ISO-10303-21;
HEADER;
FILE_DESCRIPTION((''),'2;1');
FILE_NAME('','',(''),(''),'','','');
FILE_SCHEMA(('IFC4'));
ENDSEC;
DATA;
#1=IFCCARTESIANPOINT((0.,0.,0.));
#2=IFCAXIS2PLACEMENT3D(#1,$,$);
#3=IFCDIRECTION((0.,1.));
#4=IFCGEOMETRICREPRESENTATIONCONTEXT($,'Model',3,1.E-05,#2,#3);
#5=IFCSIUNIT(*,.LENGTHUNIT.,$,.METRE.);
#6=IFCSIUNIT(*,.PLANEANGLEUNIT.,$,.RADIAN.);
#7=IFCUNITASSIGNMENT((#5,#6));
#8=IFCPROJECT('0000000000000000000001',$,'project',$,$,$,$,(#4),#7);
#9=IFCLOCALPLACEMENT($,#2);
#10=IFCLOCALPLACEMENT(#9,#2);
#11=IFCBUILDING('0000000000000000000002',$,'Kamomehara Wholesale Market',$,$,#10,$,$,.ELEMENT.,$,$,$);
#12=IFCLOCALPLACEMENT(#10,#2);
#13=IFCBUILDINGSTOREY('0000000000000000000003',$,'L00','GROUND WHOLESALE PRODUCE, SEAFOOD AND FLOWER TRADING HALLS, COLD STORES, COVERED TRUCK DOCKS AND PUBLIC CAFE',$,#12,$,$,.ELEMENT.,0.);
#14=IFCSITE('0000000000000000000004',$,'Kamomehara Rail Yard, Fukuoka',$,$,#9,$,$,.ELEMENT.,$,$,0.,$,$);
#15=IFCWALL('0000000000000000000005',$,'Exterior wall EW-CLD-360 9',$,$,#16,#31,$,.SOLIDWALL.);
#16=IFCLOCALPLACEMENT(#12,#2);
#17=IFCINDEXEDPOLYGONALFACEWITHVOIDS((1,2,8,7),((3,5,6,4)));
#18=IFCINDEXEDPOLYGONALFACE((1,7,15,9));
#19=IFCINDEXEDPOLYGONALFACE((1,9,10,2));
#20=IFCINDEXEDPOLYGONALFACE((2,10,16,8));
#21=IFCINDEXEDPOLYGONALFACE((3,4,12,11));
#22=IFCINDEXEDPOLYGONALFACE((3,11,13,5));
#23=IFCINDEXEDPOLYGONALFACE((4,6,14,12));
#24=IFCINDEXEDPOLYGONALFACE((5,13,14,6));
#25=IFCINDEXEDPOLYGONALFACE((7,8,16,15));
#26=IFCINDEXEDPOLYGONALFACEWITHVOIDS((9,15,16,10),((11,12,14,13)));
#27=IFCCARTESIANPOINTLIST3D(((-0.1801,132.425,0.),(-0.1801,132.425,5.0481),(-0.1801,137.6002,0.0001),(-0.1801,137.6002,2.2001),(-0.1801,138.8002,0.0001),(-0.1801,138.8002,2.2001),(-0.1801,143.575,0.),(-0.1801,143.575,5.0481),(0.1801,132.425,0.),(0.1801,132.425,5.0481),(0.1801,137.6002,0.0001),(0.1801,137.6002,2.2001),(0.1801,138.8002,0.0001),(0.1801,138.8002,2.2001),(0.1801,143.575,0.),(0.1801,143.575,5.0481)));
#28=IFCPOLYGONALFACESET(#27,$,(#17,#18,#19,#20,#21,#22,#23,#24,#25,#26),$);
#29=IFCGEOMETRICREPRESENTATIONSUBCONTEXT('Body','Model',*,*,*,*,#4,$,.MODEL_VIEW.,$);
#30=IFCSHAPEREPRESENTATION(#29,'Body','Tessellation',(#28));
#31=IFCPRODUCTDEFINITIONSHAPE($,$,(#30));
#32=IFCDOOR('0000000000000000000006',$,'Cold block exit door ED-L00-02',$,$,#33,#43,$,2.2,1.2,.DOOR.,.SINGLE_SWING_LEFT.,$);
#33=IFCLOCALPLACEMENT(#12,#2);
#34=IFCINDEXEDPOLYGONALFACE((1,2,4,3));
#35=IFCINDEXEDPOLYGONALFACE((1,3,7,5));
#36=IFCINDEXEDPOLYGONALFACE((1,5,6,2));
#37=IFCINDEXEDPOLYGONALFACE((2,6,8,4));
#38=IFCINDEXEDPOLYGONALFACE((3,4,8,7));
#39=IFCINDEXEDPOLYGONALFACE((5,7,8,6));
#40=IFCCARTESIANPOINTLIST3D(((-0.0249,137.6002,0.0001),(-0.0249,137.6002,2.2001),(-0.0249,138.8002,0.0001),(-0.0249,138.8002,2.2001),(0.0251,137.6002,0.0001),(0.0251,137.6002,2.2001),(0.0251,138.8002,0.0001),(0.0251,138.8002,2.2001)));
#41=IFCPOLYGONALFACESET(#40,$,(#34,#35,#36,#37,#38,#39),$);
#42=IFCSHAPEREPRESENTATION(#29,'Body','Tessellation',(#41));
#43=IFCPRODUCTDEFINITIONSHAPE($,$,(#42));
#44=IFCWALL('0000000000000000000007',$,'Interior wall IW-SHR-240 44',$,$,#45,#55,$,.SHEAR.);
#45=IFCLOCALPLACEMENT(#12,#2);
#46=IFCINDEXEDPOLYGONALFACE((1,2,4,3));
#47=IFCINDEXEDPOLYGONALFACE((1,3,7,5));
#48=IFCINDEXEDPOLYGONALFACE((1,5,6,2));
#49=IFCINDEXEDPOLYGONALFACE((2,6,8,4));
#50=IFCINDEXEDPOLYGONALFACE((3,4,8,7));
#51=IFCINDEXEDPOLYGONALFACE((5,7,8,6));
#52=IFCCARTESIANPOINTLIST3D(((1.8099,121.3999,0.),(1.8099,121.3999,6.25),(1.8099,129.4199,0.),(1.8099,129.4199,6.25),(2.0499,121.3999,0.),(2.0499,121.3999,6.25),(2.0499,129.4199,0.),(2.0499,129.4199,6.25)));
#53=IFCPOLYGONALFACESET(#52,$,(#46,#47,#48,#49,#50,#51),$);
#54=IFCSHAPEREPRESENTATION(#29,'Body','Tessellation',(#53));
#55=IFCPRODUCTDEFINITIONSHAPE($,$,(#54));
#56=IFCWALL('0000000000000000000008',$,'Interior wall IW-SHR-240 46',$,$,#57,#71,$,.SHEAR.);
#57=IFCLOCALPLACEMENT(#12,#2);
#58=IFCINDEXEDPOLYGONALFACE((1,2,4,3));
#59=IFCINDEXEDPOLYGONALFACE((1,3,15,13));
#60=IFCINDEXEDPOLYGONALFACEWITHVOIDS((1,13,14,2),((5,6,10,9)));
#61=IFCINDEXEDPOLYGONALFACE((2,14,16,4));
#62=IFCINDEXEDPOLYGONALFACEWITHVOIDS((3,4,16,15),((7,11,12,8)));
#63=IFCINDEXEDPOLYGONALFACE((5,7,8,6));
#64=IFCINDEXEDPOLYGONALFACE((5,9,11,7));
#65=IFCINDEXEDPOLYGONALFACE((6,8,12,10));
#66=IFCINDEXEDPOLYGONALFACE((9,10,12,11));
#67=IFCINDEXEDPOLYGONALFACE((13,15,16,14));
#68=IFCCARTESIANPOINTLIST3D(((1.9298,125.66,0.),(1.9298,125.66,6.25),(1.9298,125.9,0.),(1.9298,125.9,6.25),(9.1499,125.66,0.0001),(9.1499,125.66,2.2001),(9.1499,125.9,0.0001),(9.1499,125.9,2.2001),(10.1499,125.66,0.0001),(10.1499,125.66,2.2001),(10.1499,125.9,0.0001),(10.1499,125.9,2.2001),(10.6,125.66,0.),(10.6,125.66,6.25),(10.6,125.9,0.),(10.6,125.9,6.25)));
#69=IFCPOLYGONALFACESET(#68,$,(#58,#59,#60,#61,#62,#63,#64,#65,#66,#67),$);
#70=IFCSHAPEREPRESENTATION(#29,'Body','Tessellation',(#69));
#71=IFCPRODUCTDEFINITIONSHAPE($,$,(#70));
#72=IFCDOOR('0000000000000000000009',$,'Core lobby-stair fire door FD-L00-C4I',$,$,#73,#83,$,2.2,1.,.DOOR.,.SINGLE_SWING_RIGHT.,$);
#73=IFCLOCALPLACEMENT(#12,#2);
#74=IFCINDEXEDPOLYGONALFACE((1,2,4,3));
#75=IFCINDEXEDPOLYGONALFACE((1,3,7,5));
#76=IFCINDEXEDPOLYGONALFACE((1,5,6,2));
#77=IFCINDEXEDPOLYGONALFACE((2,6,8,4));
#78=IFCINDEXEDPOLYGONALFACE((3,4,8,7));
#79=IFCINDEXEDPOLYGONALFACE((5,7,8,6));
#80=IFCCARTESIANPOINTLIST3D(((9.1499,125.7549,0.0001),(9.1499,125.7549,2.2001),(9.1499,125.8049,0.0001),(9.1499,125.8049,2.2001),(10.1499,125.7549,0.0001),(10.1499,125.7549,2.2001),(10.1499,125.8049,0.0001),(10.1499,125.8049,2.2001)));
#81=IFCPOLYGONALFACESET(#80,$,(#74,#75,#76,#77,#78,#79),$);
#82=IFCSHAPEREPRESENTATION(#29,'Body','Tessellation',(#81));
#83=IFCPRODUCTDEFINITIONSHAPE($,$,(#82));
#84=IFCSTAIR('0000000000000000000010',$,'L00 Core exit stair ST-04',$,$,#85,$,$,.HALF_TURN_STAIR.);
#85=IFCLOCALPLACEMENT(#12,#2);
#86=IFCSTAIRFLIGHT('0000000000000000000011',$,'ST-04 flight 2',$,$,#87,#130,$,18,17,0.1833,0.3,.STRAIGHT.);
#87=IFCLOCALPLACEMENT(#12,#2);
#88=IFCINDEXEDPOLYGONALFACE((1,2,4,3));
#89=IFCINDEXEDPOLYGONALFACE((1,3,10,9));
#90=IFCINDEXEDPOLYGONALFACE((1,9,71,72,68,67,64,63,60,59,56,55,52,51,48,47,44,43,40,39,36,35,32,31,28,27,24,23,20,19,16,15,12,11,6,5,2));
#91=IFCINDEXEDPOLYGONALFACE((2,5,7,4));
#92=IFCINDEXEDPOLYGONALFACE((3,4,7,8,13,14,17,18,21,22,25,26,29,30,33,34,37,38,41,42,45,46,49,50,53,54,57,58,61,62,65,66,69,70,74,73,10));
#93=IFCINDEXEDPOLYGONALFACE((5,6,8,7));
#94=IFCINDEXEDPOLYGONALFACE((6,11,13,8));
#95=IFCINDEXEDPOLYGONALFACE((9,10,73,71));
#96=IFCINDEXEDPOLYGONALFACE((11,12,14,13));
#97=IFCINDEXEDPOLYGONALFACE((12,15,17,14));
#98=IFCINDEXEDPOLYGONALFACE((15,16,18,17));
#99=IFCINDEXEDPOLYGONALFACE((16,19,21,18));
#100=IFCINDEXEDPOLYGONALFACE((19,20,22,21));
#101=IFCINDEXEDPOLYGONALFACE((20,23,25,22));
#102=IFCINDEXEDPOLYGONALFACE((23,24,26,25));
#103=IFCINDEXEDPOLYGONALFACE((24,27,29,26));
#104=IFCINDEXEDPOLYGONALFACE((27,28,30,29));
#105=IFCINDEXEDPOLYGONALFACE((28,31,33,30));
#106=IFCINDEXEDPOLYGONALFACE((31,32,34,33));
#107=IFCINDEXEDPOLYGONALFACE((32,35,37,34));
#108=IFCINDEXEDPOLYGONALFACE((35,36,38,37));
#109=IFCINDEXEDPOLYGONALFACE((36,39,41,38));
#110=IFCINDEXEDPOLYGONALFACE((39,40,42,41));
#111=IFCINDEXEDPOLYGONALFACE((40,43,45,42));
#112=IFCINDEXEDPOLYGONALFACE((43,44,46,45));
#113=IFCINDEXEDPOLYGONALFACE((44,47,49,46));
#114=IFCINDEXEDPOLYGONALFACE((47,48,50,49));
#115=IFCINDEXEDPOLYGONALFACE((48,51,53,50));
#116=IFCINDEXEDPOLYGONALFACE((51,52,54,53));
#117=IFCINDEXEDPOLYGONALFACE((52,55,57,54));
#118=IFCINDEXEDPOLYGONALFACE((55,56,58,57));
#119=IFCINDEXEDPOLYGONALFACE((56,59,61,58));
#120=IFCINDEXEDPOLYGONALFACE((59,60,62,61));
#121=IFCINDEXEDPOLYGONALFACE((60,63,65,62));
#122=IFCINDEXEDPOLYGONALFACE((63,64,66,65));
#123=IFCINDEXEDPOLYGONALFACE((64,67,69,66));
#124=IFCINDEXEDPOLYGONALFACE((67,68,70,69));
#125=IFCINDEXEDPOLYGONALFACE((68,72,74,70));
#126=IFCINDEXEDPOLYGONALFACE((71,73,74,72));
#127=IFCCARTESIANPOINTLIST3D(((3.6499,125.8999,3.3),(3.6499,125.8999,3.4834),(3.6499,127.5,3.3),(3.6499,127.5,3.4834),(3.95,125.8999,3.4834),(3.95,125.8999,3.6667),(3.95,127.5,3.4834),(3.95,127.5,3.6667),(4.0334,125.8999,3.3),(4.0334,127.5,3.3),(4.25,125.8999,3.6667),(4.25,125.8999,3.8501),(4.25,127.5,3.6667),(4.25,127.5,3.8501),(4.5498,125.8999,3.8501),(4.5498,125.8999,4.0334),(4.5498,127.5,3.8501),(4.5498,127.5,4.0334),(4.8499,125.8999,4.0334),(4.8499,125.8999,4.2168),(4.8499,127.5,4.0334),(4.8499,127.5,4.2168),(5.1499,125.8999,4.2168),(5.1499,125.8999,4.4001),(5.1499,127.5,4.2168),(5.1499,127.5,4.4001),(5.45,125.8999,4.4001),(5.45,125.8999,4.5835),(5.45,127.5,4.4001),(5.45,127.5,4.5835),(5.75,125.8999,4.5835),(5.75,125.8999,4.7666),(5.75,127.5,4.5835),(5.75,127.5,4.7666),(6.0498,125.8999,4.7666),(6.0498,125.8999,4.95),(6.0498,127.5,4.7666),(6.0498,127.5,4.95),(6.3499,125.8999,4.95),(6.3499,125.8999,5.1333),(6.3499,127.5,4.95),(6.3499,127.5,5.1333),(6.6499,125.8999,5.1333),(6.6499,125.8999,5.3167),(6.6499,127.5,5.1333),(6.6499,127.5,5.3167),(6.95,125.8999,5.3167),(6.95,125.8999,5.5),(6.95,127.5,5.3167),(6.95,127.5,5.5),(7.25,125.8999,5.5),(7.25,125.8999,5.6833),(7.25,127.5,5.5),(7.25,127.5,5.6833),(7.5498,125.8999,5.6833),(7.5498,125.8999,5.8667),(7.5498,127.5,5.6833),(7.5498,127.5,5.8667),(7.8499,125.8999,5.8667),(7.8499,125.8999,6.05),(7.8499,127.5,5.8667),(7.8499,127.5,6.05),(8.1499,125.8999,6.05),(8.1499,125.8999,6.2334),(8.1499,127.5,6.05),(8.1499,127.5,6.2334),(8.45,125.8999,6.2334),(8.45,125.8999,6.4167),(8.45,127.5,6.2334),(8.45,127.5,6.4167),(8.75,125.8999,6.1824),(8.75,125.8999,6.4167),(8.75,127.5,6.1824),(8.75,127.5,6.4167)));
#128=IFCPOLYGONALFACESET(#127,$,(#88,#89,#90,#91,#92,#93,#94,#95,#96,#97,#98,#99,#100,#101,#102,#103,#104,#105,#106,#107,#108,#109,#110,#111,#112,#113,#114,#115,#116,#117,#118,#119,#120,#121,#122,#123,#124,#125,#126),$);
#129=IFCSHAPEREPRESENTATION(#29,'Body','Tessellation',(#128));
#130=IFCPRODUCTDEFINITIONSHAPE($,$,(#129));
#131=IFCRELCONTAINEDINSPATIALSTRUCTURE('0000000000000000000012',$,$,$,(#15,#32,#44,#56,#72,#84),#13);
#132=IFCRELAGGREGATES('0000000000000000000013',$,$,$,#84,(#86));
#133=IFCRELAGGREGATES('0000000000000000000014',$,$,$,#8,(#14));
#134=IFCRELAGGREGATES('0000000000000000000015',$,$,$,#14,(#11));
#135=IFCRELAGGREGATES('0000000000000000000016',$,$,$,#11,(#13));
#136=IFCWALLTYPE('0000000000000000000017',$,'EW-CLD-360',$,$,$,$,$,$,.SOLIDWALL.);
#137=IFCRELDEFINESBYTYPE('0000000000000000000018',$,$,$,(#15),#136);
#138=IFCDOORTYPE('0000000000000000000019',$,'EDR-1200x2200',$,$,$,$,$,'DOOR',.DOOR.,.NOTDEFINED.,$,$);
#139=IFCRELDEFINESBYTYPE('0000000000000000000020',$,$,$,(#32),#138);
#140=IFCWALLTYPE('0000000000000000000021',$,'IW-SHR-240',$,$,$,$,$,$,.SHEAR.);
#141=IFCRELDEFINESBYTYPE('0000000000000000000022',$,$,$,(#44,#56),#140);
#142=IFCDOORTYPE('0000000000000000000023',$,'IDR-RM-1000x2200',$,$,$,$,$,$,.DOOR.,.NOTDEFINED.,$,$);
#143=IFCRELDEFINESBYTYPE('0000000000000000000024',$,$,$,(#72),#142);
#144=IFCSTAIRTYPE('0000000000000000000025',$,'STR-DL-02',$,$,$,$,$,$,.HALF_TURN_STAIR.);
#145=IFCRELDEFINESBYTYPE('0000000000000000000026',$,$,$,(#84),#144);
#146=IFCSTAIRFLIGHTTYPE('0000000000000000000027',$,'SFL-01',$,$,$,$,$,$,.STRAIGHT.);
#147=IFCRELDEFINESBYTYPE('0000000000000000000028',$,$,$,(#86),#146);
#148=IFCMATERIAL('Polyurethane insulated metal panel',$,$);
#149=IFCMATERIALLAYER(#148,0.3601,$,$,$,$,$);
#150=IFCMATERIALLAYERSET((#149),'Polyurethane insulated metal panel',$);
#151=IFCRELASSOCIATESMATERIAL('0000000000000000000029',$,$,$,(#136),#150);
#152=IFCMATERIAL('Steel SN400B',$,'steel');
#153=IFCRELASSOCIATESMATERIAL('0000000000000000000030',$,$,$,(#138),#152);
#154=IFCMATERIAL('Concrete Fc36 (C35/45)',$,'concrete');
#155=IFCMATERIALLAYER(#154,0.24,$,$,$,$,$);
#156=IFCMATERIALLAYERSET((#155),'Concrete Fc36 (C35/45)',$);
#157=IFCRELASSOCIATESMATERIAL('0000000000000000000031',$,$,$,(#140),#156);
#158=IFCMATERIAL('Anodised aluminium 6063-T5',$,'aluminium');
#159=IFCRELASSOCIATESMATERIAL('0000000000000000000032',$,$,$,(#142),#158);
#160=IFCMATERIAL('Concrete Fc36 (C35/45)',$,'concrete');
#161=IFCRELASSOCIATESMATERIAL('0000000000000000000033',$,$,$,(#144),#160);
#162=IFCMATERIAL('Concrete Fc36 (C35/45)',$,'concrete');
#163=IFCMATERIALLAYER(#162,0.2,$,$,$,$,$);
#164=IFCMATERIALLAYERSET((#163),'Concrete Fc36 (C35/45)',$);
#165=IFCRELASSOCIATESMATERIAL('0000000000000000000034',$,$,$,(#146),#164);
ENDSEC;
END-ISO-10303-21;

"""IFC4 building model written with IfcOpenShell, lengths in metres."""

from ifc_helpers import new_model, si_unit, direction, frame, frame_2d, origin, place, context, subcontext, project, spatial, polyline, rectangle, outline, extrude, material, layer, layer_set, type_object, element, fill, aggregate, save


model = new_model("IFC4")

# Units and contexts
model_context = context("Model", 3, precision=1e-05, world=origin(), true_north=direction((0.0, 1.0)))
body_context = subcontext(model_context, "Body", "Model", "MODEL_VIEW")
ifc_project = project(units=[si_unit("LENGTHUNIT", "METRE"), si_unit("PLANEANGLEUNIT", "RADIAN")], contexts=[model_context])

# Site, building, storey
site_placement = place(None, origin())
site = spatial("IfcSite", under=ifc_project, at=site_placement, Name="Kamomehara Rail Yard, Fukuoka", CompositionType="ELEMENT", RefElevation=0.0)
building_placement = place(site_placement, origin())
building = spatial("IfcBuilding", under=site, at=building_placement, Name="Kamomehara Wholesale Market", CompositionType="ELEMENT")
storey_placement = place(building_placement, origin())
storey = spatial("IfcBuildingStorey", under=building, at=storey_placement, Name="L00", Description="GROUND WHOLESALE PRODUCE, SEAFOOD AND FLOWER TRADING HALLS, COLD STORES, COVERED TRUCK DOCKS AND PUBLIC CAFE", CompositionType="ELEMENT", Elevation=0.0)

# Wall, opening, door
ifc_material_1 = material(Name="Polyurethane insulated metal panel")
ifc_layer_1 = layer(ifc_material_1, 0.3601)
ifc_layer_set_1 = layer_set([ifc_layer_1], Name="Polyurethane insulated metal panel")
wall_type_1 = type_object("IfcWallType", Name="EW-CLD-360", PredefinedType="SOLIDWALL", material=ifc_layer_set_1)
wall_1_placement = place(storey_placement, frame((0.0, 132.425, 0.0), z_axis=(0.0, 0.0, 1.0), x_axis=(0.0, 1.0, 0.0)))
wall_1 = element("IfcWall", 1, at=wall_1_placement, inside=storey, type_object=wall_type_1, Name="Exterior wall EW-CLD-360 9", PredefinedType="SOLIDWALL", context=body_context, shape_type="SweptSolid", body=[
    extrude(rectangle(XDim=11.1499, YDim=0.3601, at=frame_2d((5.575, 0.0))), origin(), (0.0, 0.0, 1.0), 5.0481),
])
opening_1_placement = place(wall_1_placement, frame((5.175, 0.0, 0.0)))
opening_1 = element("IfcOpeningElement", 2, at=opening_1_placement, cuts=wall_1, PredefinedType="OPENING", context=body_context, shape_type="SweptSolid", body=[
    extrude(rectangle(XDim=1.2, YDim=2.2, at=frame_2d((0.6001, 1.1001))), frame((0.0, 0.1948, 0.0), z_axis=(0.0, -1.0, 0.0), x_axis=(1.0, 0.0, 0.0)), (0.0, 0.0, 1.0), 0.3899),
])
ifc_material_2 = material(Name="Steel SN400B", Category="steel")
door_type_1 = type_object("IfcDoorType", Name="EDR-1200x2200", ElementType="DOOR", OperationType="NOTDEFINED", PredefinedType="DOOR", material=ifc_material_2)
door_1_placement = place(opening_1_placement, origin())
door_1 = element("IfcDoor", 3, at=door_1_placement, inside=storey, type_object=door_type_1, Name="Cold block exit door ED-L00-02", OperationType="SINGLE_SWING_LEFT", OverallHeight=2.2, OverallWidth=1.2, PredefinedType="DOOR", context=body_context, shape_type="SweptSolid", body=[
    extrude(rectangle(XDim=1.2, YDim=2.2, at=frame_2d((0.6001, 1.1001))), frame((0.0, 0.0249, 0.0), z_axis=(0.0, -1.0, 0.0), x_axis=(1.0, 0.0, 0.0)), (0.0, 0.0, 1.0), 0.05),
])
fill(opening_1, door_1)

# Wall
ifc_material_3 = material(Name="Concrete Fc36 (C35/45)", Category="concrete")
ifc_layer_2 = layer(ifc_material_3, 0.24)
ifc_layer_set_2 = layer_set([ifc_layer_2], Name="Concrete Fc36 (C35/45)")
wall_type_2 = type_object("IfcWallType", Name="IW-SHR-240", PredefinedType="SHEAR", material=ifc_layer_set_2)
wall_2_placement = place(storey_placement, frame((1.9299, 129.4199, 0.0), z_axis=(0.0, 0.0, 1.0), x_axis=(0.0, -1.0, 0.0)))
element("IfcWall", 4, at=wall_2_placement, inside=storey, type_object=wall_type_2, Name="Interior wall IW-SHR-240 44", PredefinedType="SHEAR", context=body_context, shape_type="SweptSolid", body=[
    extrude(rectangle(XDim=8.02, YDim=0.24, at=frame_2d((4.01, 0.0))), origin(), (0.0, 0.0, 1.0), 6.25),
])

# Wall, opening, door
wall_3_placement = place(storey_placement, frame((1.9299, 125.78, 0.0), z_axis=(0.0, 0.0, 1.0), x_axis=(1.0, 0.0, 0.0)))
wall_3 = element("IfcWall", 5, at=wall_3_placement, inside=storey, type_object=wall_type_2, Name="Interior wall IW-SHR-240 46", PredefinedType="SHEAR", context=body_context, shape_type="SweptSolid", body=[
    extrude(rectangle(XDim=8.6702, YDim=0.24, at=frame_2d((4.335, 0.0))), origin(), (0.0, 0.0, 1.0), 6.25),
])
opening_2_placement = place(wall_3_placement, frame((7.22, 0.0, 0.0)))
opening_2 = element("IfcOpeningElement", 6, at=opening_2_placement, cuts=wall_3, PredefinedType="OPENING", context=body_context, shape_type="SweptSolid", body=[
    extrude(rectangle(XDim=1.0, YDim=2.2, at=frame_2d((0.5, 1.1001))), frame((0.0, 0.1348, 0.0), z_axis=(0.0, -1.0, 0.0), x_axis=(1.0, 0.0, 0.0)), (0.0, 0.0, 1.0), 0.2698),
])
ifc_material_4 = material(Name="Anodised aluminium 6063-T5", Category="aluminium")
door_type_2 = type_object("IfcDoorType", Name="IDR-RM-1000x2200", OperationType="NOTDEFINED", PredefinedType="DOOR", material=ifc_material_4)
door_2_placement = place(opening_2_placement, origin())
door_2 = element("IfcDoor", 7, at=door_2_placement, inside=storey, type_object=door_type_2, Name="Core lobby-stair fire door FD-L00-C4I", OperationType="SINGLE_SWING_RIGHT", OverallHeight=2.2, OverallWidth=1.0, PredefinedType="DOOR", context=body_context, shape_type="SweptSolid", body=[
    extrude(rectangle(XDim=1.0, YDim=2.2, at=frame_2d((0.5, 1.1001))), frame((0.0, 0.0249, 0.0), z_axis=(0.0, -1.0, 0.0), x_axis=(1.0, 0.0, 0.0)), (0.0, 0.0, 1.0), 0.05),
])
fill(opening_2, door_2)

# Stair, stair flight
ifc_material_5 = material(Name="Concrete Fc36 (C35/45)", Category="concrete")
stair_type = type_object("IfcStairType", Name="STR-DL-02", PredefinedType="HALF_TURN_STAIR", material=ifc_material_5)
stair_placement = place(storey_placement, origin())
stair = element("IfcStair", 8, at=stair_placement, inside=storey, type_object=stair_type, Name="L00 Core exit stair ST-04", PredefinedType="HALF_TURN_STAIR")
ifc_material_6 = material(Name="Concrete Fc36 (C35/45)", Category="concrete")
ifc_layer_3 = layer(ifc_material_6, 0.2)
ifc_layer_set_3 = layer_set([ifc_layer_3], Name="Concrete Fc36 (C35/45)")
stair_flight_type = type_object("IfcStairFlightType", Name="SFL-01", PredefinedType="STRAIGHT", material=ifc_layer_set_3)
stair_flight_placement = place(storey_placement, frame((3.6499, 126.7, 3.3), z_axis=(0.0, 0.0, 1.0), x_axis=(1.0, 0.0, 0.0)))
stair_flight = element("IfcStairFlight", 9, at=stair_flight_placement, type_object=stair_flight_type, Name="ST-04 flight 2", NumberOfRisers=18, NumberOfTreads=17, PredefinedType="STRAIGHT", RiserHeight=0.1833, TreadLength=0.3, context=body_context, shape_type="SweptSolid", body=[
    extrude(outline(polyline([(0.0, 0.0), (0.0, 0.1833), (0.3, 0.1833), (0.3, 0.3667), (0.6001, 0.3667), (0.6001, 0.55), (0.8999, 0.55), (0.8999, 0.7334), (1.2, 0.7334), (1.2, 0.9167), (1.5, 0.9167), (1.5, 1.1001), (1.8, 1.1001), (1.8, 1.2834), (2.1001, 1.2834), (2.1001, 1.4666), (2.3999, 1.4666), (2.3999, 1.6499), (2.7, 1.6499), (2.7, 1.8333), (3.0, 1.8333), (3.0, 2.0166), (3.3, 2.0166), (3.3, 2.2), (3.6001, 2.2), (3.6001, 2.3833), (3.8999, 2.3833), (3.8999, 2.5667), (4.2, 2.5667), (4.2, 2.75), (4.5, 2.75), (4.5, 2.9333), (4.8, 2.9333), (4.8, 3.1167), (5.1001, 3.1167), (5.1001, 3.3), (5.1001, 2.8823), (0.3835, 0.0), (0.0, 0.0)])), frame((0.0, 0.8, 0.0), z_axis=(0.0, -1.0, 0.0), x_axis=(1.0, 0.0, 0.0)), (0.0, 0.0, 1.0), 1.6001),
])
aggregate(stair, [stair_flight])

save(model, "model.ifc")
